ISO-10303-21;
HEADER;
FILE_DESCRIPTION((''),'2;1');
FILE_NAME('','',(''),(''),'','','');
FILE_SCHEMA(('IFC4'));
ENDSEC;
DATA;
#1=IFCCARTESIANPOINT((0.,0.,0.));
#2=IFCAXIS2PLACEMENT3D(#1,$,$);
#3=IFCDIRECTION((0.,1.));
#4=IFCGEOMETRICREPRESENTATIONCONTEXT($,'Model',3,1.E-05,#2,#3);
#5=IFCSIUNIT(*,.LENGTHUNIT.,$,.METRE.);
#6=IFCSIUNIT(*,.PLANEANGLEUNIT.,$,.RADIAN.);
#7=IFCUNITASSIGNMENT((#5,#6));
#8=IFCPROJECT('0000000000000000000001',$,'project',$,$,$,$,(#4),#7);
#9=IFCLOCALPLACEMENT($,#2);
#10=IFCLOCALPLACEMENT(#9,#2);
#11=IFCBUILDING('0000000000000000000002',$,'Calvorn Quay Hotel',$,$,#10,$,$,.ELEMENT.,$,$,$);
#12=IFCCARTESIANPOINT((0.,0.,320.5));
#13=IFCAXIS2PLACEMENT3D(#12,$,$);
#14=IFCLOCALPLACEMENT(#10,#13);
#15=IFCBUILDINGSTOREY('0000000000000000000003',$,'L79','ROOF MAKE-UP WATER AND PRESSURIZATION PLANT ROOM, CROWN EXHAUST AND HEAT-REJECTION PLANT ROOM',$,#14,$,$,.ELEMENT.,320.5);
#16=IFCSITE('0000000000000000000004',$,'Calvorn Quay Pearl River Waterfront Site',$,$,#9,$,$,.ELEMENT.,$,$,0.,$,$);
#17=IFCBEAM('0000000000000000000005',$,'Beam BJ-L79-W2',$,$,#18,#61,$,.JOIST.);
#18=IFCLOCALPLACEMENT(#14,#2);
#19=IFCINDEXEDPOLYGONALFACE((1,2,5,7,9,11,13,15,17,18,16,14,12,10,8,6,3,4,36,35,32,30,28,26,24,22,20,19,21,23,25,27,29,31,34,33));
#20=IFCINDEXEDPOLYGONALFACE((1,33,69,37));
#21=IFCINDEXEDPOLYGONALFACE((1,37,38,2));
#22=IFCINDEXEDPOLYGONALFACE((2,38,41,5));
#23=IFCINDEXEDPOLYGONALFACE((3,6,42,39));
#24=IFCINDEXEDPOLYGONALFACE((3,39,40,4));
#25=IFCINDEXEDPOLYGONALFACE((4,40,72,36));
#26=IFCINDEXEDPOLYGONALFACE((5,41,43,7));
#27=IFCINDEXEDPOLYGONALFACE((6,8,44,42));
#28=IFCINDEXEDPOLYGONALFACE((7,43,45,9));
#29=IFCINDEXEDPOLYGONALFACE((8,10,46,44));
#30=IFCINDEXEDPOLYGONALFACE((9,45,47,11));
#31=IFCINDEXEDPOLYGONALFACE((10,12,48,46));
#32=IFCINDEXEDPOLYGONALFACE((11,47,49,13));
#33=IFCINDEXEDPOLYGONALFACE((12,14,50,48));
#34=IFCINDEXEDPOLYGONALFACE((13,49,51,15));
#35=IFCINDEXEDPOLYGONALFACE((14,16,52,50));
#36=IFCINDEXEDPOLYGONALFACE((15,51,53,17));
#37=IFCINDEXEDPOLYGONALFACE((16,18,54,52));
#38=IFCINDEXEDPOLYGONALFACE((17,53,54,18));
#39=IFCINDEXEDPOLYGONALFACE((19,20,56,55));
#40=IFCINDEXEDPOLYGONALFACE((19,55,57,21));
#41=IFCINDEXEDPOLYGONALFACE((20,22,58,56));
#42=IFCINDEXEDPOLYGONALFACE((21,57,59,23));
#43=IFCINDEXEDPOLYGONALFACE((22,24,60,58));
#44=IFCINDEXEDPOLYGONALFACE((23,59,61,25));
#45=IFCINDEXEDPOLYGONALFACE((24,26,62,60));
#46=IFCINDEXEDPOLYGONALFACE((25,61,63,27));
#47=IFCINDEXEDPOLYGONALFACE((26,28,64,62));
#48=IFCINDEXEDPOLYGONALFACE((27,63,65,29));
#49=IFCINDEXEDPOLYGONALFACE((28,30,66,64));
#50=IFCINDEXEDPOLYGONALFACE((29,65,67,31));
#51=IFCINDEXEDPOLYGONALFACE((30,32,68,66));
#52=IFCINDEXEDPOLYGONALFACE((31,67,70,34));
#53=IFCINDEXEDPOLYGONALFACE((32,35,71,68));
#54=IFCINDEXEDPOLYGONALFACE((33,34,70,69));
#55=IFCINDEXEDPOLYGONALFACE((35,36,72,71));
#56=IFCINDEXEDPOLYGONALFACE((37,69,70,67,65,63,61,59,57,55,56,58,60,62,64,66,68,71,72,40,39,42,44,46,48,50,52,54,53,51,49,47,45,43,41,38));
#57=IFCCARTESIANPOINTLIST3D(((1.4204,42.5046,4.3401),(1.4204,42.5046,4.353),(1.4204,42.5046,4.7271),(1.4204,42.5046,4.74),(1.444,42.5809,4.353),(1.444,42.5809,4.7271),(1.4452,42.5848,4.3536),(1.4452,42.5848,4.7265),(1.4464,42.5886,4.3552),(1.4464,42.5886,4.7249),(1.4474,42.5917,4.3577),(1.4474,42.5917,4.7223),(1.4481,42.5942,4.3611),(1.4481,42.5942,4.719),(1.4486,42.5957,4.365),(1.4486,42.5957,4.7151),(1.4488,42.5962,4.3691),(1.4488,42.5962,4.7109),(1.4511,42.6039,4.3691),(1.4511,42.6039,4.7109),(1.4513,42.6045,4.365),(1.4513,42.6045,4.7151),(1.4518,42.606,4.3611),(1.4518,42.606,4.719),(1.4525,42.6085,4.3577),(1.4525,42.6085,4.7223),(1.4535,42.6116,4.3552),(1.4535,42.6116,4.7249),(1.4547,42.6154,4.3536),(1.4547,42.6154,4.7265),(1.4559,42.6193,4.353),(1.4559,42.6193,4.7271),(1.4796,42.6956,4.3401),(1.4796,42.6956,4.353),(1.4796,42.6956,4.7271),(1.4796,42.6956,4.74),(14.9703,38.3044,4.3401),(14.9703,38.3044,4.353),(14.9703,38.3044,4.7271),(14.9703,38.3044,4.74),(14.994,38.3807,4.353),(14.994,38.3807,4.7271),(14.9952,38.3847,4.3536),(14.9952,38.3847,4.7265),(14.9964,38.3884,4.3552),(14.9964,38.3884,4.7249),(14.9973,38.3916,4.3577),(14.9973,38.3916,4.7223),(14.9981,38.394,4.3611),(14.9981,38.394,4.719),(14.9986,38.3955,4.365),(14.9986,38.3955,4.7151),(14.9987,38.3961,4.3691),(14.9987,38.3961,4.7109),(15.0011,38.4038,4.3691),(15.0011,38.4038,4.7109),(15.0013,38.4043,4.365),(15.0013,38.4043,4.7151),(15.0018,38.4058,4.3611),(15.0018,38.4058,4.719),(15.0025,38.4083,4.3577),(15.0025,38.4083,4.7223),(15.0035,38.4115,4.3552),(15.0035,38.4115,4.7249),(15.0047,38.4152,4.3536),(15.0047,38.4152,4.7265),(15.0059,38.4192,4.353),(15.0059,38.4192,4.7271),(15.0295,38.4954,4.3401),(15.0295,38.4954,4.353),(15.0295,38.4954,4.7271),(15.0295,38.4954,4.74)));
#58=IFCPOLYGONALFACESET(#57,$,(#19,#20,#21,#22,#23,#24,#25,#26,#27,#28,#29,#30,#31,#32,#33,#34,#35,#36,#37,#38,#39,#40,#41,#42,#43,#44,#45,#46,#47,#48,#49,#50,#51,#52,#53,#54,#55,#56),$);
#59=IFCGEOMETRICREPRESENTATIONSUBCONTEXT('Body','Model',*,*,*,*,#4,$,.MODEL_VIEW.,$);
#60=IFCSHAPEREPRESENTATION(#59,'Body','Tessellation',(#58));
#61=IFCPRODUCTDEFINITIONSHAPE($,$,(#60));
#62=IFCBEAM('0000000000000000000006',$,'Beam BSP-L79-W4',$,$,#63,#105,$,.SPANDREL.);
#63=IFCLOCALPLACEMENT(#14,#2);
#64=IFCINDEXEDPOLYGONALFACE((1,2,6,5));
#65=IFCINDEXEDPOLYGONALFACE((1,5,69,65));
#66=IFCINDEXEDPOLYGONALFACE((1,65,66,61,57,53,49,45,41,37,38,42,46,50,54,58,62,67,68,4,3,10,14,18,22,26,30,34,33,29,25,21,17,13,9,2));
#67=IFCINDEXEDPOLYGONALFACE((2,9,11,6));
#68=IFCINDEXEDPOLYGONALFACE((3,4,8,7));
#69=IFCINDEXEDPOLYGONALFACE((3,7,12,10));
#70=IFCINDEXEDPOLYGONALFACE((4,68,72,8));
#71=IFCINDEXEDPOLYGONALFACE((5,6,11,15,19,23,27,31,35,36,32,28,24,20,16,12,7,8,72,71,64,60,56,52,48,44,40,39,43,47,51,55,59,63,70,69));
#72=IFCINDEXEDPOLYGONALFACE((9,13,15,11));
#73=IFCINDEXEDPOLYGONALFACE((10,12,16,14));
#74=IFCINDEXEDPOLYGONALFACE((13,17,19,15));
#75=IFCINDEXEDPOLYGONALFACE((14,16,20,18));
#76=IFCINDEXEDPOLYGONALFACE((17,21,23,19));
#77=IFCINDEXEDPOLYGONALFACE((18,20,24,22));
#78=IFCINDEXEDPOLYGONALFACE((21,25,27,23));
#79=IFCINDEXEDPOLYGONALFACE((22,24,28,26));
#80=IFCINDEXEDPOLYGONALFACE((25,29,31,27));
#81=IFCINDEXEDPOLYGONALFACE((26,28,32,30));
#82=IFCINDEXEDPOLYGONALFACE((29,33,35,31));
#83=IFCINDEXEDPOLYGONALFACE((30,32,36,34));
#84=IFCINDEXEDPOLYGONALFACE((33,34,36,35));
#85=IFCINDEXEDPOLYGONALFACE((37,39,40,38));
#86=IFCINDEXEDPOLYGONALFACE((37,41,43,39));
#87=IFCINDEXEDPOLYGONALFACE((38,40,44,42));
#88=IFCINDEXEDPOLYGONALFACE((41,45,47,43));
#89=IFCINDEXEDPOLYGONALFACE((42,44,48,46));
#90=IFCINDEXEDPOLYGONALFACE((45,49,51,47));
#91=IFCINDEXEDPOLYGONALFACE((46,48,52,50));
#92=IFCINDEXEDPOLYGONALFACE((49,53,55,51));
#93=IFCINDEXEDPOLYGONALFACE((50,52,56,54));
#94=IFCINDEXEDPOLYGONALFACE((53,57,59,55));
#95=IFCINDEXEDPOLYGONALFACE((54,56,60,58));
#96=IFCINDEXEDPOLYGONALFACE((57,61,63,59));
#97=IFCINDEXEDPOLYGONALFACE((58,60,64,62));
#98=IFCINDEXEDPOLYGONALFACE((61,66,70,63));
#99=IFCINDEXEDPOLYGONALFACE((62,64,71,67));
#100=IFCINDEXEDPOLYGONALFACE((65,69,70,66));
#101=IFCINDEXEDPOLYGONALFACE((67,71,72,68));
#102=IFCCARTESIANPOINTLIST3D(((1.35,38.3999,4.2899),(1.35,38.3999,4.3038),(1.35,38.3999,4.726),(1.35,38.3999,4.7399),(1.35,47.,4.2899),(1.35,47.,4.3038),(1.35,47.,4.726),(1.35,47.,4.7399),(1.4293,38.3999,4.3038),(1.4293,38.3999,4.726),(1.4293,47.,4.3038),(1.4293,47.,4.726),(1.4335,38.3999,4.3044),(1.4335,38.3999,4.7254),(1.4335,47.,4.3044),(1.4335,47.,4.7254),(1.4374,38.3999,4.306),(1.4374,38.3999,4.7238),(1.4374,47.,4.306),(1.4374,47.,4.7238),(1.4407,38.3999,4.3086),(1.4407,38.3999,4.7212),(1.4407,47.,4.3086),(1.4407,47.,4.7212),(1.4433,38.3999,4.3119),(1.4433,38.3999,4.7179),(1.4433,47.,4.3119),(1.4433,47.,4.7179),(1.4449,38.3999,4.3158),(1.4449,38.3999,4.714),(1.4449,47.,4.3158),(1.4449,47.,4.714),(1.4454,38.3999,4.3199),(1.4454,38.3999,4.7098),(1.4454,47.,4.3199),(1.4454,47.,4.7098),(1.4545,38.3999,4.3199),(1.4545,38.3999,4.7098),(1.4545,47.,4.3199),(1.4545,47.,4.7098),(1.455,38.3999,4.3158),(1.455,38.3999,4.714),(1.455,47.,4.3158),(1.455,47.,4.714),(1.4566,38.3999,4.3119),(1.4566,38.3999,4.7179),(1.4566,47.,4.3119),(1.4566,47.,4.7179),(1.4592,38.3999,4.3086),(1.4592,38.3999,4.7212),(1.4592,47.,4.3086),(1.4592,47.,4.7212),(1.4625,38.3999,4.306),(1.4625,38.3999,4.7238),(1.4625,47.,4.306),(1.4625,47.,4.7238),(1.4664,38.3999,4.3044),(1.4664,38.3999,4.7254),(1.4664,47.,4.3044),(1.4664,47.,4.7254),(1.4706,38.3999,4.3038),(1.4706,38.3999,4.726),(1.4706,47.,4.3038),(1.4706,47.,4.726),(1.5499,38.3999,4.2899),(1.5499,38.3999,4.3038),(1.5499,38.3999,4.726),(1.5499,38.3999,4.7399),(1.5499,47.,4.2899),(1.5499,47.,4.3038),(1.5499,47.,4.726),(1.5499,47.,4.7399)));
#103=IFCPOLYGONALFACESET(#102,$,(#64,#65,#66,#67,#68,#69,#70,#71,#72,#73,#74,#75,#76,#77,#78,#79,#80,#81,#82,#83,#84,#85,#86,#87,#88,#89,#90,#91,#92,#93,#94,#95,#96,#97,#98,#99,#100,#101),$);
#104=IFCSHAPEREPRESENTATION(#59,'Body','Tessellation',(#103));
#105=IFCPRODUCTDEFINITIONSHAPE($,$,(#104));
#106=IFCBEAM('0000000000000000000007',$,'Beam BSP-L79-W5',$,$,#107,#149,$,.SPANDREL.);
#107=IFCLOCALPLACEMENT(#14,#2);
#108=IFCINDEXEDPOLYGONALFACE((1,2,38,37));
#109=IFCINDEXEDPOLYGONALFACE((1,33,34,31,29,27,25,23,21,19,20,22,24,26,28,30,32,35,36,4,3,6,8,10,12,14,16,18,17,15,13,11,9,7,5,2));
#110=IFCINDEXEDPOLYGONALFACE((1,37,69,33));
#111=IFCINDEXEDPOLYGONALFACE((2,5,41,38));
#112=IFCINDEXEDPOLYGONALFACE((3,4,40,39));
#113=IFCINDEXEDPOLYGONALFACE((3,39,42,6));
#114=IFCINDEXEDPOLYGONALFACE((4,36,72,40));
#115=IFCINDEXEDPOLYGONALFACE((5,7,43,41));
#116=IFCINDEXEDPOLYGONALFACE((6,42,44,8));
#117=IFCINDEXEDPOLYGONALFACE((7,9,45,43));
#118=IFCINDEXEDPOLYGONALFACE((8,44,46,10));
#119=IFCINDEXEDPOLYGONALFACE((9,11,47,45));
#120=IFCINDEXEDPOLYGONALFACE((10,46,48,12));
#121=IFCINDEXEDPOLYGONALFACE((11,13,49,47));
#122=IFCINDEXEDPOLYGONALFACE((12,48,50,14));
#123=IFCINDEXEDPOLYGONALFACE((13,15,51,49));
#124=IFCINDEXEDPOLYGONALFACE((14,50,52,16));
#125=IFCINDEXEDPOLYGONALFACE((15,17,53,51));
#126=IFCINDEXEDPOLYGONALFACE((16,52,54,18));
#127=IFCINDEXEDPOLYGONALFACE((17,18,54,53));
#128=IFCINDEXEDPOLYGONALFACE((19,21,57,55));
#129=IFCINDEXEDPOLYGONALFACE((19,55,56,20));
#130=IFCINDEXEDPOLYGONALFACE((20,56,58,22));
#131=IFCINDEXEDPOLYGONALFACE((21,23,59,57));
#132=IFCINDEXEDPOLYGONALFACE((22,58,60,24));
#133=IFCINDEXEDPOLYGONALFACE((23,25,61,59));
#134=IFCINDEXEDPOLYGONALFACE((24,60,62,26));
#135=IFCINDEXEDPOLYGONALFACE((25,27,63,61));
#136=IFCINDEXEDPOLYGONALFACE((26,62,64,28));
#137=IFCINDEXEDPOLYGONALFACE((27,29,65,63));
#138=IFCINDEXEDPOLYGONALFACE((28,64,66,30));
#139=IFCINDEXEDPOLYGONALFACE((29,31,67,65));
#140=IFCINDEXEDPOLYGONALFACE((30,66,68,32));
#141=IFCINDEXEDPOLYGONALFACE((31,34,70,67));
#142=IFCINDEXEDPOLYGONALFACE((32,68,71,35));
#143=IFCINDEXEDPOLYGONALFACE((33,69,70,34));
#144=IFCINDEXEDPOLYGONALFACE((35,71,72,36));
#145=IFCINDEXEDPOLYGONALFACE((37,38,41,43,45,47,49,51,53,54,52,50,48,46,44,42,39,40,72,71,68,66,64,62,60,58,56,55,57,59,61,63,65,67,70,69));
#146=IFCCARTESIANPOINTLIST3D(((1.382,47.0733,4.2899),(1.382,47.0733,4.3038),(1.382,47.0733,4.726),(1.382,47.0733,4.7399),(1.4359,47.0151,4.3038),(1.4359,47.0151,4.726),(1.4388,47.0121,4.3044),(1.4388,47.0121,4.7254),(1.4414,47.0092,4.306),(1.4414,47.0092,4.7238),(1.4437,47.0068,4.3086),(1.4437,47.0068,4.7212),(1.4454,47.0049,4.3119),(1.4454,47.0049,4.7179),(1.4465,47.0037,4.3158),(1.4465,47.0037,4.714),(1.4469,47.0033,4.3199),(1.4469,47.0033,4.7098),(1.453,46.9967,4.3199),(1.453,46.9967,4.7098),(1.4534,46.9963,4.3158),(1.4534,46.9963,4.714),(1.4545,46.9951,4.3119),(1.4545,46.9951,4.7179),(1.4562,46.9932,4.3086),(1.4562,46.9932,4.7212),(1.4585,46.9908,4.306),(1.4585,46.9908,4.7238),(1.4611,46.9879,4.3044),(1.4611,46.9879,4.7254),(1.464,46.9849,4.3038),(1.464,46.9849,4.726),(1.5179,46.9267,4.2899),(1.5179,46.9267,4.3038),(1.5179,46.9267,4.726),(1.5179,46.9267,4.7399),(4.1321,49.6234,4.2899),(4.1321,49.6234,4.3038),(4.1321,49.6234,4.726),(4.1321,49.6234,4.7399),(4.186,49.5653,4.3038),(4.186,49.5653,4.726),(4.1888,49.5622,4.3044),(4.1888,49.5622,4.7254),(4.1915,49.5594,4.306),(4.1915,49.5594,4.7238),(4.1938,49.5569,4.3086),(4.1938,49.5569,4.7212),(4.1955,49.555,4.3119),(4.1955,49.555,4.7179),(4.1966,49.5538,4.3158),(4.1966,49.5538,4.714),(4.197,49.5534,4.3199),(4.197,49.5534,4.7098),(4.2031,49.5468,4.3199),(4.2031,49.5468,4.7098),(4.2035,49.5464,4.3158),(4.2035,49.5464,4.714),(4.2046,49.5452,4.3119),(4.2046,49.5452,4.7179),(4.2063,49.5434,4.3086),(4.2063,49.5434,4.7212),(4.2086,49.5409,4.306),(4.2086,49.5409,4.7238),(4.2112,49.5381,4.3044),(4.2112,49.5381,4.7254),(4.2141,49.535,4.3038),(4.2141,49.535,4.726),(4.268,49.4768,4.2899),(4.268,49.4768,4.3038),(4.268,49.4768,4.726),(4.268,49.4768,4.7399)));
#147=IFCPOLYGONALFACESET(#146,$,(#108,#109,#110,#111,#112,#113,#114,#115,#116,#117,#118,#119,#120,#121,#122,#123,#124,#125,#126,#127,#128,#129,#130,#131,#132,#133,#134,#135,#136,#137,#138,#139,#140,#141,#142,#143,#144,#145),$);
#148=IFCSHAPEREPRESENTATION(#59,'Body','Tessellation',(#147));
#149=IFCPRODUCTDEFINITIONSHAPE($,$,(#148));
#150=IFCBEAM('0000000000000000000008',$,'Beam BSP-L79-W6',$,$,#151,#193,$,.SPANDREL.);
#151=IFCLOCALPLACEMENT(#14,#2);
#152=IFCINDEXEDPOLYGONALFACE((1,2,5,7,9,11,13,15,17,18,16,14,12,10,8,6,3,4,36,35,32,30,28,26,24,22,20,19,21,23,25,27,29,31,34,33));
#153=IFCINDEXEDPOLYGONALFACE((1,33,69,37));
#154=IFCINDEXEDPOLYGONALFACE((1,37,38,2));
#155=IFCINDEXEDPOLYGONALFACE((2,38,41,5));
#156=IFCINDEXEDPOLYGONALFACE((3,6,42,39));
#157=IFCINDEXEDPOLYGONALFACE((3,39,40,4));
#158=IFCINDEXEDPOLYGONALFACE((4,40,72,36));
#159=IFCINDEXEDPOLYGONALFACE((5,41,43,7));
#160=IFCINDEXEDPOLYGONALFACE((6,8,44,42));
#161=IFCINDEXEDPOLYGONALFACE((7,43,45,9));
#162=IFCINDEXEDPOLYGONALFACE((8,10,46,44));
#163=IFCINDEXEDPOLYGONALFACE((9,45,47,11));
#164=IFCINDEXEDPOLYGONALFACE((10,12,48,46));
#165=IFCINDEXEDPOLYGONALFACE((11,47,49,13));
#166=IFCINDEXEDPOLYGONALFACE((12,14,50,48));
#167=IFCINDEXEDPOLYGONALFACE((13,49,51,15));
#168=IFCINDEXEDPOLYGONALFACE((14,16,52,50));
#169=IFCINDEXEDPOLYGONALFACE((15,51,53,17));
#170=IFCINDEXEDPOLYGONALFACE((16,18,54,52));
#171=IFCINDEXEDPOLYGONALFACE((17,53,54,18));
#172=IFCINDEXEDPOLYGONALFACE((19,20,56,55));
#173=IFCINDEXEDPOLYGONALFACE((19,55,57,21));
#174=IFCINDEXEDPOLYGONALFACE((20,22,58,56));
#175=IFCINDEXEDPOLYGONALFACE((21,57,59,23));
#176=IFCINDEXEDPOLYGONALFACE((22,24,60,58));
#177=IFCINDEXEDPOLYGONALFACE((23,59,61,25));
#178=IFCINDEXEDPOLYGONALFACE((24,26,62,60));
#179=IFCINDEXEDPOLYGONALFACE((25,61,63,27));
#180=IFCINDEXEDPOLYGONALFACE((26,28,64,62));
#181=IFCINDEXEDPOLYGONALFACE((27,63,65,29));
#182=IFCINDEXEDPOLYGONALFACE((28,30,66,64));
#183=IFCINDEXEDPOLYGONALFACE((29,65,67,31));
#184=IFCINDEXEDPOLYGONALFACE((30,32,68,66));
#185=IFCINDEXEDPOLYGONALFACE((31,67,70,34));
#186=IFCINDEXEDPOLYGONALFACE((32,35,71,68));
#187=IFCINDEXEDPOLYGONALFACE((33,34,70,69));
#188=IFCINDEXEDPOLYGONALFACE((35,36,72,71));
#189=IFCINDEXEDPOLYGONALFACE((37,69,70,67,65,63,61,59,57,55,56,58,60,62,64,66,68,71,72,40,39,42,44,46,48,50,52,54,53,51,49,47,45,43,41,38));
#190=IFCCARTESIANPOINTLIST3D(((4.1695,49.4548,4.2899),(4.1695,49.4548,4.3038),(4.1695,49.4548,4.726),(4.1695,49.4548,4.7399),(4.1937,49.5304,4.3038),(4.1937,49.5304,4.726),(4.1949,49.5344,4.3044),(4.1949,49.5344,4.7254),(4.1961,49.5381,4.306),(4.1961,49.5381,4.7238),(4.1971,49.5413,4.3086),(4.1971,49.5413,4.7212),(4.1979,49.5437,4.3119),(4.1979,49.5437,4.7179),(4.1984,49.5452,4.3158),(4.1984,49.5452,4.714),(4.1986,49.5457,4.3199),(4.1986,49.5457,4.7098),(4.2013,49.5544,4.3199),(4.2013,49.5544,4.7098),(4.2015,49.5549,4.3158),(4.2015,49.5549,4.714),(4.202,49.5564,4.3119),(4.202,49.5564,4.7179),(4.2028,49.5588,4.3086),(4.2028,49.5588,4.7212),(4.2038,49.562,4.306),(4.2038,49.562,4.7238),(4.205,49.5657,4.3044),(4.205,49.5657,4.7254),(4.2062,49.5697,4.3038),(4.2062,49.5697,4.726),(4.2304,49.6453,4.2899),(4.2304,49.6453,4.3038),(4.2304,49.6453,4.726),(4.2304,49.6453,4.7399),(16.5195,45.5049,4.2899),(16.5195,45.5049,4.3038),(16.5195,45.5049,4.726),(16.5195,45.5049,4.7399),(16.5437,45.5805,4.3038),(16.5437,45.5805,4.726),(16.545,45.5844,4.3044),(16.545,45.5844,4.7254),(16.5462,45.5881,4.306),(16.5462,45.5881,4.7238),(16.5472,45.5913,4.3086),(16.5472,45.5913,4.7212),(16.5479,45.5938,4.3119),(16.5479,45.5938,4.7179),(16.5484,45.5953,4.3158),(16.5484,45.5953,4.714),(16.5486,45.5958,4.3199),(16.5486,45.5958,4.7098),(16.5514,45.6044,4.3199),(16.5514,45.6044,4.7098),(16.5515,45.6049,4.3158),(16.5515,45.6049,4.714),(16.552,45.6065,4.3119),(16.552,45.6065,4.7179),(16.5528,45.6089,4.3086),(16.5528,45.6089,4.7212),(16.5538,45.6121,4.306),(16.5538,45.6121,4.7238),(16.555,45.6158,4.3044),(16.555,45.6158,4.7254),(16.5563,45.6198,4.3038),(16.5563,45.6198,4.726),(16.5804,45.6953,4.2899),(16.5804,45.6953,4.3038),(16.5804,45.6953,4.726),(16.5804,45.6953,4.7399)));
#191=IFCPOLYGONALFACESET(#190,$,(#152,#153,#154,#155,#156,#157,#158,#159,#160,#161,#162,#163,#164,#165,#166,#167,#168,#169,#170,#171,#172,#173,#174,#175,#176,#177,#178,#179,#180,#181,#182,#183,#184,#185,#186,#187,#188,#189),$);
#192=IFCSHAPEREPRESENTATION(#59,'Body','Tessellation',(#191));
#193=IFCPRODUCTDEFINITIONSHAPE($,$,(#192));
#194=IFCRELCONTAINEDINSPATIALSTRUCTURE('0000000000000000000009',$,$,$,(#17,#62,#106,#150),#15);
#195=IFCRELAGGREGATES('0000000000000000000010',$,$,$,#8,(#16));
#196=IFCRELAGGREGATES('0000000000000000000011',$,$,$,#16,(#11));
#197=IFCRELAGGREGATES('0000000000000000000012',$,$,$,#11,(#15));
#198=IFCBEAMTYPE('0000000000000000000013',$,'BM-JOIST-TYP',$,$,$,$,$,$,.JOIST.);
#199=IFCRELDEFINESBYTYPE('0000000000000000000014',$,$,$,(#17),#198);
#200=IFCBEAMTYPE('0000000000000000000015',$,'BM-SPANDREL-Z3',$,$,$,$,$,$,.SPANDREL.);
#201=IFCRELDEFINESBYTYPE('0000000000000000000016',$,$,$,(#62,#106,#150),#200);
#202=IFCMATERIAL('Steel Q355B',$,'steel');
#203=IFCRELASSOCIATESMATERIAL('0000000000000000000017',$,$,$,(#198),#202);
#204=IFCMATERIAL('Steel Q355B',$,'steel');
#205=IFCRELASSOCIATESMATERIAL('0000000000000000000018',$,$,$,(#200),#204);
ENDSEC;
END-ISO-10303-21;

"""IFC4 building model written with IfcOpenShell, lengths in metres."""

from ifc_helpers import new_model, si_unit, direction, frame, origin, origin_2d, place, context, subcontext, project, spatial, i_section, extrude, material, material_profile, profile_set, type_object, element, save


model = new_model("IFC4")

# Units and contexts
model_context = context("Model", 3, precision=1e-05, world=origin(), true_north=direction((0.0, 1.0)))
body_context = subcontext(model_context, "Body", "Model", "MODEL_VIEW")
ifc_project = project(units=[si_unit("LENGTHUNIT", "METRE"), si_unit("PLANEANGLEUNIT", "RADIAN")], contexts=[model_context])

# Site, building, storey
site_placement = place(None, origin())
site = spatial("IfcSite", under=ifc_project, at=site_placement, Name="Calvorn Quay Pearl River Waterfront Site", CompositionType="ELEMENT", RefElevation=0.0)
building_placement = place(site_placement, origin())
building = spatial("IfcBuilding", under=site, at=building_placement, Name="Calvorn Quay Hotel", CompositionType="ELEMENT")
storey_placement = place(building_placement, frame((0.0, 0.0, 320.5)))
storey = spatial("IfcBuildingStorey", under=building, at=storey_placement, Name="L79", Description="ROOF MAKE-UP WATER AND PRESSURIZATION PLANT ROOM, CROWN EXHAUST AND HEAT-REJECTION PLANT ROOM", CompositionType="ELEMENT", Elevation=320.5)

# Beams
ifc_material_1 = material(Name="Steel Q355B", Category="steel")
ifc_material_profile_1 = material_profile(ifc_material_1, i_section(OverallWidth=0.2, OverallDepth=0.3999, WebThickness=0.0081, FlangeThickness=0.0129, FilletRadius=0.0161, at=origin_2d()), Name="HN400x200x8x13")
ifc_profile_set_1 = profile_set([ifc_material_profile_1], Name="Steel Q355B")
beam_type_1 = type_object("IfcBeamType", Name="BM-JOIST-TYP", PredefinedType="JOIST", material=ifc_profile_set_1)
beam_1_placement = place(storey_placement, frame((1.45, 42.6001, 4.54), z_axis=(0.955164, -0.296078, 0.0), x_axis=(0.296078, 0.955164, 0.0)))
element("IfcBeam", 1, at=beam_1_placement, inside=storey, type_object=beam_type_1, Name="Beam BJ-L79-W2", PredefinedType="JOIST", context=body_context, shape_type="SweptSolid", body=[
    extrude(i_section(OverallWidth=0.2, OverallDepth=0.3999, WebThickness=0.0081, FlangeThickness=0.0129, FilletRadius=0.0161, at=origin_2d()), origin(), (0.0, 0.0, 1.0), 14.186),
])
ifc_material_2 = material(Name="Steel Q355B", Category="steel")
ifc_material_profile_2 = material_profile(ifc_material_2, i_section(OverallWidth=0.2, OverallDepth=0.45, WebThickness=0.009, FlangeThickness=0.0139, FilletRadius=0.0161, at=origin_2d()), Name="HN450x200x9x14")
ifc_profile_set_2 = profile_set([ifc_material_profile_2], Name="Steel Q355B")
beam_type_2 = type_object("IfcBeamType", Name="BM-SPANDREL-Z3", PredefinedType="SPANDREL", material=ifc_profile_set_2)
beam_2_placement = place(storey_placement, frame((1.45, 38.3999, 4.5149), z_axis=(0.0, 1.0, 0.0), x_axis=(-1.0, 0.0, 0.0)))
element("IfcBeam", 2, at=beam_2_placement, inside=storey, type_object=beam_type_2, Name="Beam BSP-L79-W4", PredefinedType="SPANDREL", context=body_context, shape_type="SweptSolid", body=[
    extrude(i_section(OverallWidth=0.2, OverallDepth=0.45, WebThickness=0.009, FlangeThickness=0.0139, FilletRadius=0.0161, at=origin_2d()), origin(), (0.0, 0.0, 1.0), 8.6001),
])
beam_3_placement = place(storey_placement, frame((1.45, 47.0, 4.5149), z_axis=(0.733262, 0.679947, 0.0), x_axis=(-0.679947, 0.733262, 0.0)))
element("IfcBeam", 3, at=beam_3_placement, inside=storey, type_object=beam_type_2, Name="Beam BSP-L79-W5", PredefinedType="SPANDREL", context=body_context, shape_type="SweptSolid", body=[
    extrude(i_section(OverallWidth=0.2, OverallDepth=0.45, WebThickness=0.009, FlangeThickness=0.0139, FilletRadius=0.0161, at=origin_2d()), origin(), (0.0, 0.0, 1.0), 3.7505),
])
beam_4_placement = place(storey_placement, frame((4.2, 49.55, 4.5149), z_axis=(0.952471, -0.30463, 0.0), x_axis=(0.30463, 0.952471, 0.0)))
element("IfcBeam", 4, at=beam_4_placement, inside=storey, type_object=beam_type_2, Name="Beam BSP-L79-W6", PredefinedType="SPANDREL", context=body_context, shape_type="SweptSolid", body=[
    extrude(i_section(OverallWidth=0.2, OverallDepth=0.45, WebThickness=0.009, FlangeThickness=0.0139, FilletRadius=0.0161, at=origin_2d()), origin(), (0.0, 0.0, 1.0), 12.9663),
])

save(model, "model.ifc")
